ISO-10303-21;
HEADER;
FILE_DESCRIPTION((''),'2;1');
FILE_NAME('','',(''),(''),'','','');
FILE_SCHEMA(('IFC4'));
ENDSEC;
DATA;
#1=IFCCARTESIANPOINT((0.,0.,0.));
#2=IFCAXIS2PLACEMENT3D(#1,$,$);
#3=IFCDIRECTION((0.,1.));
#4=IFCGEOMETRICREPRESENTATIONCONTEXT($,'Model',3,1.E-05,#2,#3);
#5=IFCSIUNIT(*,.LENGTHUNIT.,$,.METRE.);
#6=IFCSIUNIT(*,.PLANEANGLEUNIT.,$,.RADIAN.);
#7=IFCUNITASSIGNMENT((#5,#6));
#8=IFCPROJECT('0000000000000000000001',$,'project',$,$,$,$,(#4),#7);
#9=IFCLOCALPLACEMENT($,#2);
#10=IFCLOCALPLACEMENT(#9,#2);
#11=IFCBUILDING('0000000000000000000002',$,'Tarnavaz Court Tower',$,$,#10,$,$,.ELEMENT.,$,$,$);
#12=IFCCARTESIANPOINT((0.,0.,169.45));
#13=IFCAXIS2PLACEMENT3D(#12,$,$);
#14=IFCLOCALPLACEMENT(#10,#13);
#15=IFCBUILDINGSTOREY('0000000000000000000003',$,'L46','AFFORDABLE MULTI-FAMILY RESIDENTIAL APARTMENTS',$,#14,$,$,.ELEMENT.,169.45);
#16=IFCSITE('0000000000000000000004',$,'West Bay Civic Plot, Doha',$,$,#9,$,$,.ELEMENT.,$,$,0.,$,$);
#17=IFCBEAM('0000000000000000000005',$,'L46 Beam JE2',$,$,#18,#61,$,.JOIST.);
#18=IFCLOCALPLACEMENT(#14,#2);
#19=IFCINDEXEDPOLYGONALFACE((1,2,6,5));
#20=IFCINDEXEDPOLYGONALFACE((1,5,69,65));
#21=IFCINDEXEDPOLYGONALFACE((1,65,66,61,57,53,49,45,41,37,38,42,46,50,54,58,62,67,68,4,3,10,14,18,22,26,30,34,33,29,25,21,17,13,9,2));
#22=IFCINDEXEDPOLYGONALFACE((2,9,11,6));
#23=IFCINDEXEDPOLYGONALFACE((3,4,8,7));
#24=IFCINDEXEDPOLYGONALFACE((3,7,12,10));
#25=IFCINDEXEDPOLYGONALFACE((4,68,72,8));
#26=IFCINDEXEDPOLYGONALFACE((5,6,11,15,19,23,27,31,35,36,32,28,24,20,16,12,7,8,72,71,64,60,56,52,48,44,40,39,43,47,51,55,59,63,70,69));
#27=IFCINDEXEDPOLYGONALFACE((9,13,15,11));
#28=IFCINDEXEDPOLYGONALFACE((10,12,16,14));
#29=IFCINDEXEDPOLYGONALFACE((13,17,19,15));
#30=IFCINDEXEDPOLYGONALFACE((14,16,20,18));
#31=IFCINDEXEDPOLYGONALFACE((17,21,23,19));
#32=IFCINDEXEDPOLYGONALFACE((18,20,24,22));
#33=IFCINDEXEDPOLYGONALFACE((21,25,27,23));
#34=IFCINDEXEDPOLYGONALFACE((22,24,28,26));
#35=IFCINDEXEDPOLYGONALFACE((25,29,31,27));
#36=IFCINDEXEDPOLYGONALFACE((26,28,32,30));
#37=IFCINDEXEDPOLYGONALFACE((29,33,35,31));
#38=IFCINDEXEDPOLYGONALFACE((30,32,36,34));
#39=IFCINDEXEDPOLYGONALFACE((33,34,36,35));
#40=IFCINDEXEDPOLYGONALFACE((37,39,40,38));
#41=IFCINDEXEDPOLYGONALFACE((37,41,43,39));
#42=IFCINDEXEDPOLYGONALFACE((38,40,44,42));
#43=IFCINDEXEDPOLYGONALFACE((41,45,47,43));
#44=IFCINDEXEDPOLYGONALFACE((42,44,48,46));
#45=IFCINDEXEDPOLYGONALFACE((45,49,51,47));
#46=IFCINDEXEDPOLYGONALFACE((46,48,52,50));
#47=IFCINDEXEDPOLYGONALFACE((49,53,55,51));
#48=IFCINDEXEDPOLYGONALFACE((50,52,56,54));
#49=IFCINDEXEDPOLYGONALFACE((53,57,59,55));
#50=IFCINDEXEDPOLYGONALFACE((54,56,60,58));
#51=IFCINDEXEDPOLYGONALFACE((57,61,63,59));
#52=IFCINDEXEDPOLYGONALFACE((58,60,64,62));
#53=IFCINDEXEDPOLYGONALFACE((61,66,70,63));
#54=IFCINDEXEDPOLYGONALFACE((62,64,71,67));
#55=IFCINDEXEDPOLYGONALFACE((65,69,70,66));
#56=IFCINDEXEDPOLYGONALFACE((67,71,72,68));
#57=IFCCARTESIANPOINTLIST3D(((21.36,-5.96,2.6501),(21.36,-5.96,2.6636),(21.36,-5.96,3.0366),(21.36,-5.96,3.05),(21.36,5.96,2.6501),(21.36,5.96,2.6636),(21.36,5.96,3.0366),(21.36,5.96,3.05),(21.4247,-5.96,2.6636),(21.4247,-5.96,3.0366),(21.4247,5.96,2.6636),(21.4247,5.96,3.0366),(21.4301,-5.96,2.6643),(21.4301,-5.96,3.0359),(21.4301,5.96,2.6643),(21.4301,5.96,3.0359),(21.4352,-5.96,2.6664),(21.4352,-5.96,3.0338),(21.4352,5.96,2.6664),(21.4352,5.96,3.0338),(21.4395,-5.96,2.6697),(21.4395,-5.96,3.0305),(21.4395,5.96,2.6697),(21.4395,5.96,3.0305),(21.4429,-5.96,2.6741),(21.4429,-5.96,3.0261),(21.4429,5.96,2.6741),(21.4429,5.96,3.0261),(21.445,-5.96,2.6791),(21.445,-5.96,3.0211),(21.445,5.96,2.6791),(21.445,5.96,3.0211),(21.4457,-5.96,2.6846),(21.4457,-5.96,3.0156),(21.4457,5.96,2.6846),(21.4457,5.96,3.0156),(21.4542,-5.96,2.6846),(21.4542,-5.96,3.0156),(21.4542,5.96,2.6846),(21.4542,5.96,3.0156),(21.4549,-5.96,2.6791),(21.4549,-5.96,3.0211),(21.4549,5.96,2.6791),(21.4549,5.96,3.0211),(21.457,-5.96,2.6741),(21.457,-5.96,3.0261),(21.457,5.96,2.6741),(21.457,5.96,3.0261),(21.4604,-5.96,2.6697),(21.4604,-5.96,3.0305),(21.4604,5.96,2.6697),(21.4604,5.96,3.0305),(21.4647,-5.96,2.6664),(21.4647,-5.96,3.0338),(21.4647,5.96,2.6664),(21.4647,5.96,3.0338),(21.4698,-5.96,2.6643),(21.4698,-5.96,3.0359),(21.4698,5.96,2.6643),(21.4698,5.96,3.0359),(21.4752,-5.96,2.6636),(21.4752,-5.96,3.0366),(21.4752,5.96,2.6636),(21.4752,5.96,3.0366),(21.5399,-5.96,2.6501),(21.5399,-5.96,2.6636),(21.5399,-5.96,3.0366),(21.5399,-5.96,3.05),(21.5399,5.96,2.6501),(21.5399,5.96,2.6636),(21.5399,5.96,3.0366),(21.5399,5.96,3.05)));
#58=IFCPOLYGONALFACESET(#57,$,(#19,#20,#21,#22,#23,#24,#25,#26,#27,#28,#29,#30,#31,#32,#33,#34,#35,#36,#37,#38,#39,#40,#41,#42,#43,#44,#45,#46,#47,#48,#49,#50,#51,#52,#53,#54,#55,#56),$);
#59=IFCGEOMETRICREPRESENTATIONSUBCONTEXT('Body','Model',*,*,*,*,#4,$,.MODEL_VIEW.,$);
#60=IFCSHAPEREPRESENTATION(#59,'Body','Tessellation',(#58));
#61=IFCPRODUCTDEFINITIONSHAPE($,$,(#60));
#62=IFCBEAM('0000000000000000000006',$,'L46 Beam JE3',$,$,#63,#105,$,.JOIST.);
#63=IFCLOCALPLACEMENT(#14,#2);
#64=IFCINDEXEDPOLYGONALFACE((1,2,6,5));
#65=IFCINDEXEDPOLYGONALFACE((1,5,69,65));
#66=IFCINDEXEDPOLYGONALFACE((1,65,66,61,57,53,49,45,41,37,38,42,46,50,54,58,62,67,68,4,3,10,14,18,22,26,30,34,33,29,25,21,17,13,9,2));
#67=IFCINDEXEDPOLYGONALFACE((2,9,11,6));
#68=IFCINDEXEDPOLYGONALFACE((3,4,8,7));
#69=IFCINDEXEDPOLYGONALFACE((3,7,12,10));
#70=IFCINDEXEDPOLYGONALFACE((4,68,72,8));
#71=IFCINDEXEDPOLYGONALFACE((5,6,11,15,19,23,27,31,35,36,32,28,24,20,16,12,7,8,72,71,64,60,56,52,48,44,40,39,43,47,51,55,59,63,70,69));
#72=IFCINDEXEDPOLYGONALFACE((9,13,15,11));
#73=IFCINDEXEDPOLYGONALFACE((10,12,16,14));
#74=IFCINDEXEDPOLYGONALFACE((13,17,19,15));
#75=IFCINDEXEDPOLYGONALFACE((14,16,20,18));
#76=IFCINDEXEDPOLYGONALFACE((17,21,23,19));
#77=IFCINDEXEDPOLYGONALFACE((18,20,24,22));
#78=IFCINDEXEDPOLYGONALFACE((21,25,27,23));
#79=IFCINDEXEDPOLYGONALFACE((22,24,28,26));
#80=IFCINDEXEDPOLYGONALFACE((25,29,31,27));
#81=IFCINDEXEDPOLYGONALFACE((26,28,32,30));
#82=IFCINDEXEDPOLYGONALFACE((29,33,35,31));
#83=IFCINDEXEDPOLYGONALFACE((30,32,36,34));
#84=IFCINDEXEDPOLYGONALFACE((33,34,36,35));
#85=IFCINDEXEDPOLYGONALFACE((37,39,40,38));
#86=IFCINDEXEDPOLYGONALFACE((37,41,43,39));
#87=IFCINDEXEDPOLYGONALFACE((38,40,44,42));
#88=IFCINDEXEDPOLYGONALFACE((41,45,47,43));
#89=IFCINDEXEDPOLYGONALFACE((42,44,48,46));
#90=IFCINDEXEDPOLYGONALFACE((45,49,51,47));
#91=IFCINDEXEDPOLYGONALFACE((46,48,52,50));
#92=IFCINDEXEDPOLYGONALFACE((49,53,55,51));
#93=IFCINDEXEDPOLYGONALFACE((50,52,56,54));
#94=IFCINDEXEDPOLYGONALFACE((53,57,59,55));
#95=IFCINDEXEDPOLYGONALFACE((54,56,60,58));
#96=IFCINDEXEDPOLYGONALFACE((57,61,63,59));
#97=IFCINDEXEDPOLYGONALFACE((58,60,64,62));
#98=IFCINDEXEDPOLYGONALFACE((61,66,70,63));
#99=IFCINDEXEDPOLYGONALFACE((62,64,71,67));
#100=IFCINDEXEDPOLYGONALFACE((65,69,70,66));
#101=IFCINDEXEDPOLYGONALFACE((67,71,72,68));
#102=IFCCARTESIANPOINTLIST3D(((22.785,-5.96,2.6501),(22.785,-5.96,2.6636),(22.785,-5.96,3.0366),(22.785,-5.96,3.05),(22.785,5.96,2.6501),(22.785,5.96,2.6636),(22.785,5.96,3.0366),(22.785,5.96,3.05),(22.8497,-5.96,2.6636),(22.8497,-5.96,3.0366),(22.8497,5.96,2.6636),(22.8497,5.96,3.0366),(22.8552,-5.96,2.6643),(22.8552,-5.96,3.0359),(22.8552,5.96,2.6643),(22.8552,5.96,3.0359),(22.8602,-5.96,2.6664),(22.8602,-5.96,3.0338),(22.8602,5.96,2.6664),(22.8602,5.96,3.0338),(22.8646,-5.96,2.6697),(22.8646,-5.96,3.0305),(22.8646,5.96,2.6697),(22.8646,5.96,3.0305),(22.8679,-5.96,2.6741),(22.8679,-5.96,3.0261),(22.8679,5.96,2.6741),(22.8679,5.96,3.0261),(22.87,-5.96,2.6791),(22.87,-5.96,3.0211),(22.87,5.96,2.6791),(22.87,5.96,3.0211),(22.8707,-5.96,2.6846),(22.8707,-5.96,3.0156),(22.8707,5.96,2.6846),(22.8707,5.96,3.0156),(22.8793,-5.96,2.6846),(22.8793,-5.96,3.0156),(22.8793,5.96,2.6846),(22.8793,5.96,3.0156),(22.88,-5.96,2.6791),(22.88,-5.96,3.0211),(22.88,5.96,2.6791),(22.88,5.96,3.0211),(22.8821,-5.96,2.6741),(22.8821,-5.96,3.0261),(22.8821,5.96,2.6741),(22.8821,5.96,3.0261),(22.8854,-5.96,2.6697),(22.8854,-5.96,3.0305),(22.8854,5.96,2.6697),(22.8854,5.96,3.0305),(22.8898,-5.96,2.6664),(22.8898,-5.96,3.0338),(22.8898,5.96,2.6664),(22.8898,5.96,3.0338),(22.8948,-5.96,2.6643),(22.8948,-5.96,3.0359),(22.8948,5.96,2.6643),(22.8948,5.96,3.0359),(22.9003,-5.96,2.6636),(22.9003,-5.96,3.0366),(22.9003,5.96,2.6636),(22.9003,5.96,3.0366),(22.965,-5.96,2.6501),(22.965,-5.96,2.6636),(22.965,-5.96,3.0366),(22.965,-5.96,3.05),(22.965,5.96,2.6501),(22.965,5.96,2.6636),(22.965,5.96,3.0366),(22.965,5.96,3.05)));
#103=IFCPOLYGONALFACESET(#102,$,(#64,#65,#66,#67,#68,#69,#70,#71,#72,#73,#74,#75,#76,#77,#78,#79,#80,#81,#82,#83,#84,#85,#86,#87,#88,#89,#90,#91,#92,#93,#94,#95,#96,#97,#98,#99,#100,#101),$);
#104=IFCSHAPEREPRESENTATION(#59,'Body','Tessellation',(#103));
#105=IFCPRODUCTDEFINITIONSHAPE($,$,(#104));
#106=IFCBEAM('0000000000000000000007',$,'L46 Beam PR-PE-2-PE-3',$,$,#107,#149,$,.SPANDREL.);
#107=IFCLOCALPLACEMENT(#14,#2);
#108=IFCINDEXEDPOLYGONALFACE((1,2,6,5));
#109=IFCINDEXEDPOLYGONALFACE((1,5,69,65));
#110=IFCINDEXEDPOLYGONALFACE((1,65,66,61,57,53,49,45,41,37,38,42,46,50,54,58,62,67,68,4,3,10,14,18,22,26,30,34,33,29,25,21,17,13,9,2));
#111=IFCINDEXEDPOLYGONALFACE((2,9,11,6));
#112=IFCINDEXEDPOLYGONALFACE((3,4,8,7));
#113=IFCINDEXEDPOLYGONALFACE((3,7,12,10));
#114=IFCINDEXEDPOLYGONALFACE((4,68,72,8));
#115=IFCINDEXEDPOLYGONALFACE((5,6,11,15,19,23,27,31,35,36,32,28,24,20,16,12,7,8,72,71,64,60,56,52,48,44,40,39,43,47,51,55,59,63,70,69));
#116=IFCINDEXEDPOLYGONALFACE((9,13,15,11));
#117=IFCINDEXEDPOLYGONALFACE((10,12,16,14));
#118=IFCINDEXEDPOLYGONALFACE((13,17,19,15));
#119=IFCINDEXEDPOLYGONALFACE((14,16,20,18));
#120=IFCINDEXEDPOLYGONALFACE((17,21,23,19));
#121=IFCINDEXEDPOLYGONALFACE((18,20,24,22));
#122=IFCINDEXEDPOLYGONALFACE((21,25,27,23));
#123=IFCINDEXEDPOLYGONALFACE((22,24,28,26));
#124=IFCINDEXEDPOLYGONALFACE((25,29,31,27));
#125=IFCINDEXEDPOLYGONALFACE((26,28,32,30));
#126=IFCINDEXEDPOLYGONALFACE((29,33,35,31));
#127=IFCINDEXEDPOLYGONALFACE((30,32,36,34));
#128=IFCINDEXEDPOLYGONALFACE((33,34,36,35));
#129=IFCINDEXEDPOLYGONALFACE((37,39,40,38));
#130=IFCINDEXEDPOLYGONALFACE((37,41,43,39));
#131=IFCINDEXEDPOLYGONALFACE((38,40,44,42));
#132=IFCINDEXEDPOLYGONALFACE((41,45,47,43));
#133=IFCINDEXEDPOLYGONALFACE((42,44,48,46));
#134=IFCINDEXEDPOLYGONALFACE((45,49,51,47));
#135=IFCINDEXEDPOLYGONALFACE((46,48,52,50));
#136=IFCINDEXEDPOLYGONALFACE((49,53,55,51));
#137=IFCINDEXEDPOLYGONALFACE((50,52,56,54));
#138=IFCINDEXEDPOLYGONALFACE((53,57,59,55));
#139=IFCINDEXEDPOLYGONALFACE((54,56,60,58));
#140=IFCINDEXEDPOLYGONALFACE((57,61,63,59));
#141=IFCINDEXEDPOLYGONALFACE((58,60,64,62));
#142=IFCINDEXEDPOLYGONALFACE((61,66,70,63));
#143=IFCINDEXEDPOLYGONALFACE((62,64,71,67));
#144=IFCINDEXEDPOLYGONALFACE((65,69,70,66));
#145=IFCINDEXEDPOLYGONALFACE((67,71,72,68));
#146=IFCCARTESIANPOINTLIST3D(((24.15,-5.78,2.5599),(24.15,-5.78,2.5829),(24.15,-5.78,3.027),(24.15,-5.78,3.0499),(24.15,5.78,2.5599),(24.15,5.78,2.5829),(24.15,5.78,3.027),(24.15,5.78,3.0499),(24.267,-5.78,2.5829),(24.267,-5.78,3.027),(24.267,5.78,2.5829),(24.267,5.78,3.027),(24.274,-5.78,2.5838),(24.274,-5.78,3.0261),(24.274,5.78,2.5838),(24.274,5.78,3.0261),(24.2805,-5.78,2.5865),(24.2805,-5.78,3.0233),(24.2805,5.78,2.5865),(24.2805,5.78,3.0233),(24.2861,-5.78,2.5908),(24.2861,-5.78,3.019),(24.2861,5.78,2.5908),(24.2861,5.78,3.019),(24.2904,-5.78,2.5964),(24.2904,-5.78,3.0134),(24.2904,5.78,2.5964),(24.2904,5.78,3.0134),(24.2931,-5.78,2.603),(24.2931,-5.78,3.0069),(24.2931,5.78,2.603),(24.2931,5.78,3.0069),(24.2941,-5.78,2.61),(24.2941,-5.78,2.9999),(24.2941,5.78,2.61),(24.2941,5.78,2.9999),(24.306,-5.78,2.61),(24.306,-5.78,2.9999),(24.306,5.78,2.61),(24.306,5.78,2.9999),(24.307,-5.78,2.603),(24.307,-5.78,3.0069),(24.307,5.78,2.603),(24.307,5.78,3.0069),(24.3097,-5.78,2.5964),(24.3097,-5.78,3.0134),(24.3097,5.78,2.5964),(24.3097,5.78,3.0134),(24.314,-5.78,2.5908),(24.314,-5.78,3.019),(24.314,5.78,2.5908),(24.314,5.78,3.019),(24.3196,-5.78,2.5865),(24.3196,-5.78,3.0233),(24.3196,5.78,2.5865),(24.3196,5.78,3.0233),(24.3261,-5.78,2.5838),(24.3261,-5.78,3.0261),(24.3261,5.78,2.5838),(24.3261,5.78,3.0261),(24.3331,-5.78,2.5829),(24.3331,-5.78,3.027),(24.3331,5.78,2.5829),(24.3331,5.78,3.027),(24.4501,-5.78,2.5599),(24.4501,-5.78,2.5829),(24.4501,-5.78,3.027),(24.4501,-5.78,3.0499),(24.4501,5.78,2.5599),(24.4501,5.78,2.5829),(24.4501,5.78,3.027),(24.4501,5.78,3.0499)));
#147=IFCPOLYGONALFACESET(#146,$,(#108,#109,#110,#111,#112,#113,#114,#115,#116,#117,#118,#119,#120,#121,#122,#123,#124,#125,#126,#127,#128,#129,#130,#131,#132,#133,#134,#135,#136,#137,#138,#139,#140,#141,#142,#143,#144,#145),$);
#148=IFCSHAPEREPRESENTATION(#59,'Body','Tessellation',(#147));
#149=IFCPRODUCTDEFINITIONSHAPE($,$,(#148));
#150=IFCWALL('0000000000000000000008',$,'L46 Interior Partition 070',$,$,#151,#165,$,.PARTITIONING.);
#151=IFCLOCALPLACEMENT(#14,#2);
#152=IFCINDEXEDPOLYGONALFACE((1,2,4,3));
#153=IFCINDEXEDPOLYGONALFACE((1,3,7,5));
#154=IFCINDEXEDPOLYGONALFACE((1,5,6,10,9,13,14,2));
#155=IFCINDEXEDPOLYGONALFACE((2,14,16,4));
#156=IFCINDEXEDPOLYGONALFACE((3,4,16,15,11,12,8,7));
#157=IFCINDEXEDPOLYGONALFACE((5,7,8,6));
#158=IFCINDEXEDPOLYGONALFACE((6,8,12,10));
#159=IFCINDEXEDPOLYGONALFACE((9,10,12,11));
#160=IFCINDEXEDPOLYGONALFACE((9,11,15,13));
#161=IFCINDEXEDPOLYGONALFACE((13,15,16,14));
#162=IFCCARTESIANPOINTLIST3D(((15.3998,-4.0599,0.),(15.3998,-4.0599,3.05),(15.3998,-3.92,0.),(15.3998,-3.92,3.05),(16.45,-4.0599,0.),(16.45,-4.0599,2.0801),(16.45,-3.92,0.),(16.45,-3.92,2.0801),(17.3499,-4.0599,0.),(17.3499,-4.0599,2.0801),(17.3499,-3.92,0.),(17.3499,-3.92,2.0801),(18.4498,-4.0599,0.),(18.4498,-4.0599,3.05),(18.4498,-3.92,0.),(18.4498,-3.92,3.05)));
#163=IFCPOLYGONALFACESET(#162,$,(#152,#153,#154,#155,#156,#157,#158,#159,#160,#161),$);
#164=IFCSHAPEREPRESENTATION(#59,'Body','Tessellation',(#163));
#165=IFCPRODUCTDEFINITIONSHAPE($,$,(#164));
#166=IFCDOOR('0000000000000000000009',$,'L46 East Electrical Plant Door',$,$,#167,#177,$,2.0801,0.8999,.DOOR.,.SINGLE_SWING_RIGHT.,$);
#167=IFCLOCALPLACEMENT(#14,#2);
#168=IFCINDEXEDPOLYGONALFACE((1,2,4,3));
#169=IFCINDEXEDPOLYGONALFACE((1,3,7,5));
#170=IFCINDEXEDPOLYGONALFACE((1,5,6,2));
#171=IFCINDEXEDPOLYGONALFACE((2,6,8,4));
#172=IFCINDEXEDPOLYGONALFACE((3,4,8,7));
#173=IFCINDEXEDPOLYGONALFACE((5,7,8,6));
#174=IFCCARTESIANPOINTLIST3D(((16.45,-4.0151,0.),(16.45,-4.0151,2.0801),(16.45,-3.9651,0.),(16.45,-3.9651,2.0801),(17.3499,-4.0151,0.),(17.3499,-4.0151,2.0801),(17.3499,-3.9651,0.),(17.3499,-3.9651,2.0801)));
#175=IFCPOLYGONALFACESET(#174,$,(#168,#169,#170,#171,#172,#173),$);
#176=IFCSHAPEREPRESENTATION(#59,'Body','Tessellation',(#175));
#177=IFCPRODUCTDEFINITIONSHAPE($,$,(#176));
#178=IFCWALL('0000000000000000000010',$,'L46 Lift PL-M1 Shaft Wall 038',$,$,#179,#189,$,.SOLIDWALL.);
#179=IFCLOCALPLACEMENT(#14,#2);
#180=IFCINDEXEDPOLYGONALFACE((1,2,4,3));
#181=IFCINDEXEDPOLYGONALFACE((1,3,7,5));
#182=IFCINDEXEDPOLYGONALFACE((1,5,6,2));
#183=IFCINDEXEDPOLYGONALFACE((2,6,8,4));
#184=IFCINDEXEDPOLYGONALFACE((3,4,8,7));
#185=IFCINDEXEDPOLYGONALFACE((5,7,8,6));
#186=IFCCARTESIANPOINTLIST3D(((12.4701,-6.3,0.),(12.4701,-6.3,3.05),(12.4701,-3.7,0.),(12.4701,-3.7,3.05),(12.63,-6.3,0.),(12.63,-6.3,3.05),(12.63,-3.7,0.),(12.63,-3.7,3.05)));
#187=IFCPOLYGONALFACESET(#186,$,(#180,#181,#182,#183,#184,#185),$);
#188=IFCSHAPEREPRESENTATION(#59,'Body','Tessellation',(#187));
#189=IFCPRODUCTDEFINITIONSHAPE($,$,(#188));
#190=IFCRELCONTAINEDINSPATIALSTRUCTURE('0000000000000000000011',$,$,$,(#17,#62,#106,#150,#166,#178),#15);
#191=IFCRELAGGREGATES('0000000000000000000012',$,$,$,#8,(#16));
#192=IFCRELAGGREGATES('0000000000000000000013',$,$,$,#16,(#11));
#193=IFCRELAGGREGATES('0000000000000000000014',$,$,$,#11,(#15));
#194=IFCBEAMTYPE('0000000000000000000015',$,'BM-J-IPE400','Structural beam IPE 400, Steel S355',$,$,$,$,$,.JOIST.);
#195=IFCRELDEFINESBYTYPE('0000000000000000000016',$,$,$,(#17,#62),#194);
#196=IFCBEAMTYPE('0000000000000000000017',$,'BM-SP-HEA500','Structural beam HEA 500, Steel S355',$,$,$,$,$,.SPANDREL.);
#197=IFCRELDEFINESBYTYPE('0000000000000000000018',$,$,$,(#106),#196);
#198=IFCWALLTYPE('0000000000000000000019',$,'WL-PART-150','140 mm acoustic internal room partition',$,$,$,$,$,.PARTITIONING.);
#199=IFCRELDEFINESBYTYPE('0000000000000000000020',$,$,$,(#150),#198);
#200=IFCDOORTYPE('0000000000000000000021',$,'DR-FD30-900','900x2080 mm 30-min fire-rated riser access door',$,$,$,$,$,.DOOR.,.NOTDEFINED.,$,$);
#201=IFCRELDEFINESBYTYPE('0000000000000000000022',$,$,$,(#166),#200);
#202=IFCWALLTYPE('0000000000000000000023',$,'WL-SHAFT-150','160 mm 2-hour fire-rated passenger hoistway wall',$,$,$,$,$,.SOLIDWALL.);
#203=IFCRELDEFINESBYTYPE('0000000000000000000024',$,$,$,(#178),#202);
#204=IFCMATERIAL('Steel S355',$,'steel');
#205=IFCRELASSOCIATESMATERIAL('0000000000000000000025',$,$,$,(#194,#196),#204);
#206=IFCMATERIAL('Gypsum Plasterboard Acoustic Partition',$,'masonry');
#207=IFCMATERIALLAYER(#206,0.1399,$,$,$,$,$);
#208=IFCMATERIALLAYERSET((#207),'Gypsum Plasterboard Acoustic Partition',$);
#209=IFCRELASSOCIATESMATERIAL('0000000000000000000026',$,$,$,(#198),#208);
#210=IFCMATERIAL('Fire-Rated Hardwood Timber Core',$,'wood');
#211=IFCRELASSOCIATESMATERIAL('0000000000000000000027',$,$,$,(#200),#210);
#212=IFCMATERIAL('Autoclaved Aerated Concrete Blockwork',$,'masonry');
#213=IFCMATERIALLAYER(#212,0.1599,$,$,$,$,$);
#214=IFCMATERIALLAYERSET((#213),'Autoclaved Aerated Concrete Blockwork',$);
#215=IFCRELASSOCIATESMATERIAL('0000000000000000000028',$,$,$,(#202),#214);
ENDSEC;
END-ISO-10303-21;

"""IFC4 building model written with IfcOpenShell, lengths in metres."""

from ifc_helpers import new_model, si_unit, direction, frame, frame_2d, origin, origin_2d, place, context, subcontext, project, spatial, rectangle, i_section, extrude, material, layer, layer_set, material_profile, profile_set, type_object, element, fill, save


model = new_model("IFC4")

# Units and contexts
model_context = context("Model", 3, precision=1e-05, world=origin(), true_north=direction((0.0, 1.0)))
body_context = subcontext(model_context, "Body", "Model", "MODEL_VIEW")
ifc_project = project(units=[si_unit("LENGTHUNIT", "METRE"), si_unit("PLANEANGLEUNIT", "RADIAN")], contexts=[model_context])

# Site, building, storey
site_placement = place(None, origin())
site = spatial("IfcSite", under=ifc_project, at=site_placement, Name="West Bay Civic Plot, Doha", CompositionType="ELEMENT", RefElevation=0.0)
building_placement = place(site_placement, origin())
building = spatial("IfcBuilding", under=site, at=building_placement, Name="Tarnavaz Court Tower", CompositionType="ELEMENT")
storey_placement = place(building_placement, frame((0.0, 0.0, 169.45)))
storey = spatial("IfcBuildingStorey", under=building, at=storey_placement, Name="L46", Description="AFFORDABLE MULTI-FAMILY RESIDENTIAL APARTMENTS", CompositionType="ELEMENT", Elevation=169.45)

# Beams
ifc_material_1 = material(Name="Steel S355", Category="steel")
ifc_material_profile_1 = material_profile(ifc_material_1, i_section(OverallWidth=0.1799, OverallDepth=0.3999, WebThickness=0.0085, FlangeThickness=0.0134, FilletRadius=0.021, at=origin_2d()), Name="IPE 400")
ifc_profile_set_1 = profile_set([ifc_material_profile_1], Name="Steel S355")
beam_type_1 = type_object("IfcBeamType", Name="BM-J-IPE400", Description="Structural beam IPE 400, Steel S355", PredefinedType="JOIST", material=ifc_profile_set_1)
for number, where, z_axis, x_axis, name in (
    (1, (21.45, -5.96, 2.8501), (0.0, 1.0, 0.0), (-1.0, 0.0, 0.0), "L46 Beam JE2"),
    (2, (22.875, -5.96, 2.8501), (0.0, 1.0, 0.0), (-1.0, 0.0, 0.0), "L46 Beam JE3"),
):
    element("IfcBeam", number, at=place(storey_placement, frame(where, z_axis=z_axis, x_axis=x_axis)), inside=storey, type_object=beam_type_1, Name=name, PredefinedType="JOIST", context=body_context, shape_type="SweptSolid", body=[
        extrude(i_section(OverallWidth=0.1799, OverallDepth=0.3999, WebThickness=0.0085, FlangeThickness=0.0134, FilletRadius=0.021, at=origin_2d()), origin(), (0.0, 0.0, 1.0), 11.9199),
    ])
ifc_material_profile_2 = material_profile(ifc_material_1, i_section(OverallWidth=0.3, OverallDepth=0.49, WebThickness=0.012, FlangeThickness=0.0229, FilletRadius=0.0271, at=origin_2d()), Name="HEA 500")
ifc_profile_set_2 = profile_set([ifc_material_profile_2], Name="Steel S355")
beam_type_2 = type_object("IfcBeamType", Name="BM-SP-HEA500", Description="Structural beam HEA 500, Steel S355", PredefinedType="SPANDREL", material=ifc_profile_set_2)
beam_1_placement = place(storey_placement, frame((24.3, -5.78, 2.8049), z_axis=(0.0, 1.0, 0.0), x_axis=(-1.0, 0.0, 0.0)))
element("IfcBeam", 3, at=beam_1_placement, inside=storey, type_object=beam_type_2, Name="L46 Beam PR-PE-2-PE-3", PredefinedType="SPANDREL", context=body_context, shape_type="SweptSolid", body=[
    extrude(i_section(OverallWidth=0.3, OverallDepth=0.49, WebThickness=0.012, FlangeThickness=0.0229, FilletRadius=0.0271, at=origin_2d()), origin(), (0.0, 0.0, 1.0), 11.5601),
])

# Wall, opening, door
ifc_material_2 = material(Name="Gypsum Plasterboard Acoustic Partition", Category="masonry")
ifc_layer_1 = layer(ifc_material_2, 0.1399)
ifc_layer_set_1 = layer_set([ifc_layer_1], Name="Gypsum Plasterboard Acoustic Partition")
wall_type_1 = type_object("IfcWallType", Name="WL-PART-150", Description="140 mm acoustic internal room partition", PredefinedType="PARTITIONING", material=ifc_layer_set_1)
wall_1_placement = place(storey_placement, frame((15.3999, -3.99, 0.0), z_axis=(0.0, 0.0, 1.0), x_axis=(1.0, 0.0, 0.0)))
wall_1 = element("IfcWall", 4, at=wall_1_placement, inside=storey, type_object=wall_type_1, Name="L46 Interior Partition 070", PredefinedType="PARTITIONING", context=body_context, shape_type="SweptSolid", body=[
    extrude(rectangle(XDim=3.05, YDim=0.1399, at=frame_2d((1.5249, 0.0))), origin(), (0.0, 0.0, 1.0), 3.05),
])
opening_1_placement = place(wall_1_placement, frame((1.05, 0.0, 0.0)))
opening_1 = element("IfcOpeningElement", 5, at=opening_1_placement, cuts=wall_1, PredefinedType="OPENING", context=body_context, shape_type="SweptSolid", body=[
    extrude(rectangle(XDim=0.8999, YDim=2.0801, at=frame_2d((0.45, 1.04))), frame((0.0, 0.0798, 0.0), z_axis=(0.0, -1.0, 0.0), x_axis=(1.0, 0.0, 0.0)), (0.0, 0.0, 1.0), 0.1599),
])
ifc_material_3 = material(Name="Fire-Rated Hardwood Timber Core", Category="wood")
door_type_1 = type_object("IfcDoorType", Name="DR-FD30-900", Description="900x2080 mm 30-min fire-rated riser access door", OperationType="NOTDEFINED", PredefinedType="DOOR", material=ifc_material_3)
door_1_placement = place(opening_1_placement, origin())
door_1 = element("IfcDoor", 6, at=door_1_placement, inside=storey, type_object=door_type_1, Name="L46 East Electrical Plant Door", OperationType="SINGLE_SWING_RIGHT", OverallHeight=2.0801, OverallWidth=0.8999, PredefinedType="DOOR", context=body_context, shape_type="SweptSolid", body=[
    extrude(rectangle(XDim=0.8999, YDim=2.0801, at=frame_2d((0.45, 1.04))), frame((0.0, 0.0249, 0.0), z_axis=(0.0, -1.0, 0.0), x_axis=(1.0, 0.0, 0.0)), (0.0, 0.0, 1.0), 0.05),
])
fill(opening_1, door_1)

# Wall
ifc_material_4 = material(Name="Autoclaved Aerated Concrete Blockwork", Category="masonry")
ifc_layer_2 = layer(ifc_material_4, 0.1599)
ifc_layer_set_2 = layer_set([ifc_layer_2], Name="Autoclaved Aerated Concrete Blockwork")
wall_type_2 = type_object("IfcWallType", Name="WL-SHAFT-150", Description="160 mm 2-hour fire-rated passenger hoistway wall", PredefinedType="SOLIDWALL", material=ifc_layer_set_2)
for number, where, z_axis, x_axis, name in (
    (7, (12.55, -6.3, 0.0), (0.0, 0.0, 1.0), (0.0, 1.0, 0.0), "L46 Lift PL-M1 Shaft Wall 038"),
):
    element("IfcWall", number, at=place(storey_placement, frame(where, z_axis=z_axis, x_axis=x_axis)), inside=storey, type_object=wall_type_2, Name=name, PredefinedType="SOLIDWALL", context=body_context, shape_type="SweptSolid", body=[
        extrude(rectangle(XDim=2.6001, YDim=0.1599, at=frame_2d((1.3, 0.0))), origin(), (0.0, 0.0, 1.0), 3.05),
    ])

save(model, "model.ifc")
